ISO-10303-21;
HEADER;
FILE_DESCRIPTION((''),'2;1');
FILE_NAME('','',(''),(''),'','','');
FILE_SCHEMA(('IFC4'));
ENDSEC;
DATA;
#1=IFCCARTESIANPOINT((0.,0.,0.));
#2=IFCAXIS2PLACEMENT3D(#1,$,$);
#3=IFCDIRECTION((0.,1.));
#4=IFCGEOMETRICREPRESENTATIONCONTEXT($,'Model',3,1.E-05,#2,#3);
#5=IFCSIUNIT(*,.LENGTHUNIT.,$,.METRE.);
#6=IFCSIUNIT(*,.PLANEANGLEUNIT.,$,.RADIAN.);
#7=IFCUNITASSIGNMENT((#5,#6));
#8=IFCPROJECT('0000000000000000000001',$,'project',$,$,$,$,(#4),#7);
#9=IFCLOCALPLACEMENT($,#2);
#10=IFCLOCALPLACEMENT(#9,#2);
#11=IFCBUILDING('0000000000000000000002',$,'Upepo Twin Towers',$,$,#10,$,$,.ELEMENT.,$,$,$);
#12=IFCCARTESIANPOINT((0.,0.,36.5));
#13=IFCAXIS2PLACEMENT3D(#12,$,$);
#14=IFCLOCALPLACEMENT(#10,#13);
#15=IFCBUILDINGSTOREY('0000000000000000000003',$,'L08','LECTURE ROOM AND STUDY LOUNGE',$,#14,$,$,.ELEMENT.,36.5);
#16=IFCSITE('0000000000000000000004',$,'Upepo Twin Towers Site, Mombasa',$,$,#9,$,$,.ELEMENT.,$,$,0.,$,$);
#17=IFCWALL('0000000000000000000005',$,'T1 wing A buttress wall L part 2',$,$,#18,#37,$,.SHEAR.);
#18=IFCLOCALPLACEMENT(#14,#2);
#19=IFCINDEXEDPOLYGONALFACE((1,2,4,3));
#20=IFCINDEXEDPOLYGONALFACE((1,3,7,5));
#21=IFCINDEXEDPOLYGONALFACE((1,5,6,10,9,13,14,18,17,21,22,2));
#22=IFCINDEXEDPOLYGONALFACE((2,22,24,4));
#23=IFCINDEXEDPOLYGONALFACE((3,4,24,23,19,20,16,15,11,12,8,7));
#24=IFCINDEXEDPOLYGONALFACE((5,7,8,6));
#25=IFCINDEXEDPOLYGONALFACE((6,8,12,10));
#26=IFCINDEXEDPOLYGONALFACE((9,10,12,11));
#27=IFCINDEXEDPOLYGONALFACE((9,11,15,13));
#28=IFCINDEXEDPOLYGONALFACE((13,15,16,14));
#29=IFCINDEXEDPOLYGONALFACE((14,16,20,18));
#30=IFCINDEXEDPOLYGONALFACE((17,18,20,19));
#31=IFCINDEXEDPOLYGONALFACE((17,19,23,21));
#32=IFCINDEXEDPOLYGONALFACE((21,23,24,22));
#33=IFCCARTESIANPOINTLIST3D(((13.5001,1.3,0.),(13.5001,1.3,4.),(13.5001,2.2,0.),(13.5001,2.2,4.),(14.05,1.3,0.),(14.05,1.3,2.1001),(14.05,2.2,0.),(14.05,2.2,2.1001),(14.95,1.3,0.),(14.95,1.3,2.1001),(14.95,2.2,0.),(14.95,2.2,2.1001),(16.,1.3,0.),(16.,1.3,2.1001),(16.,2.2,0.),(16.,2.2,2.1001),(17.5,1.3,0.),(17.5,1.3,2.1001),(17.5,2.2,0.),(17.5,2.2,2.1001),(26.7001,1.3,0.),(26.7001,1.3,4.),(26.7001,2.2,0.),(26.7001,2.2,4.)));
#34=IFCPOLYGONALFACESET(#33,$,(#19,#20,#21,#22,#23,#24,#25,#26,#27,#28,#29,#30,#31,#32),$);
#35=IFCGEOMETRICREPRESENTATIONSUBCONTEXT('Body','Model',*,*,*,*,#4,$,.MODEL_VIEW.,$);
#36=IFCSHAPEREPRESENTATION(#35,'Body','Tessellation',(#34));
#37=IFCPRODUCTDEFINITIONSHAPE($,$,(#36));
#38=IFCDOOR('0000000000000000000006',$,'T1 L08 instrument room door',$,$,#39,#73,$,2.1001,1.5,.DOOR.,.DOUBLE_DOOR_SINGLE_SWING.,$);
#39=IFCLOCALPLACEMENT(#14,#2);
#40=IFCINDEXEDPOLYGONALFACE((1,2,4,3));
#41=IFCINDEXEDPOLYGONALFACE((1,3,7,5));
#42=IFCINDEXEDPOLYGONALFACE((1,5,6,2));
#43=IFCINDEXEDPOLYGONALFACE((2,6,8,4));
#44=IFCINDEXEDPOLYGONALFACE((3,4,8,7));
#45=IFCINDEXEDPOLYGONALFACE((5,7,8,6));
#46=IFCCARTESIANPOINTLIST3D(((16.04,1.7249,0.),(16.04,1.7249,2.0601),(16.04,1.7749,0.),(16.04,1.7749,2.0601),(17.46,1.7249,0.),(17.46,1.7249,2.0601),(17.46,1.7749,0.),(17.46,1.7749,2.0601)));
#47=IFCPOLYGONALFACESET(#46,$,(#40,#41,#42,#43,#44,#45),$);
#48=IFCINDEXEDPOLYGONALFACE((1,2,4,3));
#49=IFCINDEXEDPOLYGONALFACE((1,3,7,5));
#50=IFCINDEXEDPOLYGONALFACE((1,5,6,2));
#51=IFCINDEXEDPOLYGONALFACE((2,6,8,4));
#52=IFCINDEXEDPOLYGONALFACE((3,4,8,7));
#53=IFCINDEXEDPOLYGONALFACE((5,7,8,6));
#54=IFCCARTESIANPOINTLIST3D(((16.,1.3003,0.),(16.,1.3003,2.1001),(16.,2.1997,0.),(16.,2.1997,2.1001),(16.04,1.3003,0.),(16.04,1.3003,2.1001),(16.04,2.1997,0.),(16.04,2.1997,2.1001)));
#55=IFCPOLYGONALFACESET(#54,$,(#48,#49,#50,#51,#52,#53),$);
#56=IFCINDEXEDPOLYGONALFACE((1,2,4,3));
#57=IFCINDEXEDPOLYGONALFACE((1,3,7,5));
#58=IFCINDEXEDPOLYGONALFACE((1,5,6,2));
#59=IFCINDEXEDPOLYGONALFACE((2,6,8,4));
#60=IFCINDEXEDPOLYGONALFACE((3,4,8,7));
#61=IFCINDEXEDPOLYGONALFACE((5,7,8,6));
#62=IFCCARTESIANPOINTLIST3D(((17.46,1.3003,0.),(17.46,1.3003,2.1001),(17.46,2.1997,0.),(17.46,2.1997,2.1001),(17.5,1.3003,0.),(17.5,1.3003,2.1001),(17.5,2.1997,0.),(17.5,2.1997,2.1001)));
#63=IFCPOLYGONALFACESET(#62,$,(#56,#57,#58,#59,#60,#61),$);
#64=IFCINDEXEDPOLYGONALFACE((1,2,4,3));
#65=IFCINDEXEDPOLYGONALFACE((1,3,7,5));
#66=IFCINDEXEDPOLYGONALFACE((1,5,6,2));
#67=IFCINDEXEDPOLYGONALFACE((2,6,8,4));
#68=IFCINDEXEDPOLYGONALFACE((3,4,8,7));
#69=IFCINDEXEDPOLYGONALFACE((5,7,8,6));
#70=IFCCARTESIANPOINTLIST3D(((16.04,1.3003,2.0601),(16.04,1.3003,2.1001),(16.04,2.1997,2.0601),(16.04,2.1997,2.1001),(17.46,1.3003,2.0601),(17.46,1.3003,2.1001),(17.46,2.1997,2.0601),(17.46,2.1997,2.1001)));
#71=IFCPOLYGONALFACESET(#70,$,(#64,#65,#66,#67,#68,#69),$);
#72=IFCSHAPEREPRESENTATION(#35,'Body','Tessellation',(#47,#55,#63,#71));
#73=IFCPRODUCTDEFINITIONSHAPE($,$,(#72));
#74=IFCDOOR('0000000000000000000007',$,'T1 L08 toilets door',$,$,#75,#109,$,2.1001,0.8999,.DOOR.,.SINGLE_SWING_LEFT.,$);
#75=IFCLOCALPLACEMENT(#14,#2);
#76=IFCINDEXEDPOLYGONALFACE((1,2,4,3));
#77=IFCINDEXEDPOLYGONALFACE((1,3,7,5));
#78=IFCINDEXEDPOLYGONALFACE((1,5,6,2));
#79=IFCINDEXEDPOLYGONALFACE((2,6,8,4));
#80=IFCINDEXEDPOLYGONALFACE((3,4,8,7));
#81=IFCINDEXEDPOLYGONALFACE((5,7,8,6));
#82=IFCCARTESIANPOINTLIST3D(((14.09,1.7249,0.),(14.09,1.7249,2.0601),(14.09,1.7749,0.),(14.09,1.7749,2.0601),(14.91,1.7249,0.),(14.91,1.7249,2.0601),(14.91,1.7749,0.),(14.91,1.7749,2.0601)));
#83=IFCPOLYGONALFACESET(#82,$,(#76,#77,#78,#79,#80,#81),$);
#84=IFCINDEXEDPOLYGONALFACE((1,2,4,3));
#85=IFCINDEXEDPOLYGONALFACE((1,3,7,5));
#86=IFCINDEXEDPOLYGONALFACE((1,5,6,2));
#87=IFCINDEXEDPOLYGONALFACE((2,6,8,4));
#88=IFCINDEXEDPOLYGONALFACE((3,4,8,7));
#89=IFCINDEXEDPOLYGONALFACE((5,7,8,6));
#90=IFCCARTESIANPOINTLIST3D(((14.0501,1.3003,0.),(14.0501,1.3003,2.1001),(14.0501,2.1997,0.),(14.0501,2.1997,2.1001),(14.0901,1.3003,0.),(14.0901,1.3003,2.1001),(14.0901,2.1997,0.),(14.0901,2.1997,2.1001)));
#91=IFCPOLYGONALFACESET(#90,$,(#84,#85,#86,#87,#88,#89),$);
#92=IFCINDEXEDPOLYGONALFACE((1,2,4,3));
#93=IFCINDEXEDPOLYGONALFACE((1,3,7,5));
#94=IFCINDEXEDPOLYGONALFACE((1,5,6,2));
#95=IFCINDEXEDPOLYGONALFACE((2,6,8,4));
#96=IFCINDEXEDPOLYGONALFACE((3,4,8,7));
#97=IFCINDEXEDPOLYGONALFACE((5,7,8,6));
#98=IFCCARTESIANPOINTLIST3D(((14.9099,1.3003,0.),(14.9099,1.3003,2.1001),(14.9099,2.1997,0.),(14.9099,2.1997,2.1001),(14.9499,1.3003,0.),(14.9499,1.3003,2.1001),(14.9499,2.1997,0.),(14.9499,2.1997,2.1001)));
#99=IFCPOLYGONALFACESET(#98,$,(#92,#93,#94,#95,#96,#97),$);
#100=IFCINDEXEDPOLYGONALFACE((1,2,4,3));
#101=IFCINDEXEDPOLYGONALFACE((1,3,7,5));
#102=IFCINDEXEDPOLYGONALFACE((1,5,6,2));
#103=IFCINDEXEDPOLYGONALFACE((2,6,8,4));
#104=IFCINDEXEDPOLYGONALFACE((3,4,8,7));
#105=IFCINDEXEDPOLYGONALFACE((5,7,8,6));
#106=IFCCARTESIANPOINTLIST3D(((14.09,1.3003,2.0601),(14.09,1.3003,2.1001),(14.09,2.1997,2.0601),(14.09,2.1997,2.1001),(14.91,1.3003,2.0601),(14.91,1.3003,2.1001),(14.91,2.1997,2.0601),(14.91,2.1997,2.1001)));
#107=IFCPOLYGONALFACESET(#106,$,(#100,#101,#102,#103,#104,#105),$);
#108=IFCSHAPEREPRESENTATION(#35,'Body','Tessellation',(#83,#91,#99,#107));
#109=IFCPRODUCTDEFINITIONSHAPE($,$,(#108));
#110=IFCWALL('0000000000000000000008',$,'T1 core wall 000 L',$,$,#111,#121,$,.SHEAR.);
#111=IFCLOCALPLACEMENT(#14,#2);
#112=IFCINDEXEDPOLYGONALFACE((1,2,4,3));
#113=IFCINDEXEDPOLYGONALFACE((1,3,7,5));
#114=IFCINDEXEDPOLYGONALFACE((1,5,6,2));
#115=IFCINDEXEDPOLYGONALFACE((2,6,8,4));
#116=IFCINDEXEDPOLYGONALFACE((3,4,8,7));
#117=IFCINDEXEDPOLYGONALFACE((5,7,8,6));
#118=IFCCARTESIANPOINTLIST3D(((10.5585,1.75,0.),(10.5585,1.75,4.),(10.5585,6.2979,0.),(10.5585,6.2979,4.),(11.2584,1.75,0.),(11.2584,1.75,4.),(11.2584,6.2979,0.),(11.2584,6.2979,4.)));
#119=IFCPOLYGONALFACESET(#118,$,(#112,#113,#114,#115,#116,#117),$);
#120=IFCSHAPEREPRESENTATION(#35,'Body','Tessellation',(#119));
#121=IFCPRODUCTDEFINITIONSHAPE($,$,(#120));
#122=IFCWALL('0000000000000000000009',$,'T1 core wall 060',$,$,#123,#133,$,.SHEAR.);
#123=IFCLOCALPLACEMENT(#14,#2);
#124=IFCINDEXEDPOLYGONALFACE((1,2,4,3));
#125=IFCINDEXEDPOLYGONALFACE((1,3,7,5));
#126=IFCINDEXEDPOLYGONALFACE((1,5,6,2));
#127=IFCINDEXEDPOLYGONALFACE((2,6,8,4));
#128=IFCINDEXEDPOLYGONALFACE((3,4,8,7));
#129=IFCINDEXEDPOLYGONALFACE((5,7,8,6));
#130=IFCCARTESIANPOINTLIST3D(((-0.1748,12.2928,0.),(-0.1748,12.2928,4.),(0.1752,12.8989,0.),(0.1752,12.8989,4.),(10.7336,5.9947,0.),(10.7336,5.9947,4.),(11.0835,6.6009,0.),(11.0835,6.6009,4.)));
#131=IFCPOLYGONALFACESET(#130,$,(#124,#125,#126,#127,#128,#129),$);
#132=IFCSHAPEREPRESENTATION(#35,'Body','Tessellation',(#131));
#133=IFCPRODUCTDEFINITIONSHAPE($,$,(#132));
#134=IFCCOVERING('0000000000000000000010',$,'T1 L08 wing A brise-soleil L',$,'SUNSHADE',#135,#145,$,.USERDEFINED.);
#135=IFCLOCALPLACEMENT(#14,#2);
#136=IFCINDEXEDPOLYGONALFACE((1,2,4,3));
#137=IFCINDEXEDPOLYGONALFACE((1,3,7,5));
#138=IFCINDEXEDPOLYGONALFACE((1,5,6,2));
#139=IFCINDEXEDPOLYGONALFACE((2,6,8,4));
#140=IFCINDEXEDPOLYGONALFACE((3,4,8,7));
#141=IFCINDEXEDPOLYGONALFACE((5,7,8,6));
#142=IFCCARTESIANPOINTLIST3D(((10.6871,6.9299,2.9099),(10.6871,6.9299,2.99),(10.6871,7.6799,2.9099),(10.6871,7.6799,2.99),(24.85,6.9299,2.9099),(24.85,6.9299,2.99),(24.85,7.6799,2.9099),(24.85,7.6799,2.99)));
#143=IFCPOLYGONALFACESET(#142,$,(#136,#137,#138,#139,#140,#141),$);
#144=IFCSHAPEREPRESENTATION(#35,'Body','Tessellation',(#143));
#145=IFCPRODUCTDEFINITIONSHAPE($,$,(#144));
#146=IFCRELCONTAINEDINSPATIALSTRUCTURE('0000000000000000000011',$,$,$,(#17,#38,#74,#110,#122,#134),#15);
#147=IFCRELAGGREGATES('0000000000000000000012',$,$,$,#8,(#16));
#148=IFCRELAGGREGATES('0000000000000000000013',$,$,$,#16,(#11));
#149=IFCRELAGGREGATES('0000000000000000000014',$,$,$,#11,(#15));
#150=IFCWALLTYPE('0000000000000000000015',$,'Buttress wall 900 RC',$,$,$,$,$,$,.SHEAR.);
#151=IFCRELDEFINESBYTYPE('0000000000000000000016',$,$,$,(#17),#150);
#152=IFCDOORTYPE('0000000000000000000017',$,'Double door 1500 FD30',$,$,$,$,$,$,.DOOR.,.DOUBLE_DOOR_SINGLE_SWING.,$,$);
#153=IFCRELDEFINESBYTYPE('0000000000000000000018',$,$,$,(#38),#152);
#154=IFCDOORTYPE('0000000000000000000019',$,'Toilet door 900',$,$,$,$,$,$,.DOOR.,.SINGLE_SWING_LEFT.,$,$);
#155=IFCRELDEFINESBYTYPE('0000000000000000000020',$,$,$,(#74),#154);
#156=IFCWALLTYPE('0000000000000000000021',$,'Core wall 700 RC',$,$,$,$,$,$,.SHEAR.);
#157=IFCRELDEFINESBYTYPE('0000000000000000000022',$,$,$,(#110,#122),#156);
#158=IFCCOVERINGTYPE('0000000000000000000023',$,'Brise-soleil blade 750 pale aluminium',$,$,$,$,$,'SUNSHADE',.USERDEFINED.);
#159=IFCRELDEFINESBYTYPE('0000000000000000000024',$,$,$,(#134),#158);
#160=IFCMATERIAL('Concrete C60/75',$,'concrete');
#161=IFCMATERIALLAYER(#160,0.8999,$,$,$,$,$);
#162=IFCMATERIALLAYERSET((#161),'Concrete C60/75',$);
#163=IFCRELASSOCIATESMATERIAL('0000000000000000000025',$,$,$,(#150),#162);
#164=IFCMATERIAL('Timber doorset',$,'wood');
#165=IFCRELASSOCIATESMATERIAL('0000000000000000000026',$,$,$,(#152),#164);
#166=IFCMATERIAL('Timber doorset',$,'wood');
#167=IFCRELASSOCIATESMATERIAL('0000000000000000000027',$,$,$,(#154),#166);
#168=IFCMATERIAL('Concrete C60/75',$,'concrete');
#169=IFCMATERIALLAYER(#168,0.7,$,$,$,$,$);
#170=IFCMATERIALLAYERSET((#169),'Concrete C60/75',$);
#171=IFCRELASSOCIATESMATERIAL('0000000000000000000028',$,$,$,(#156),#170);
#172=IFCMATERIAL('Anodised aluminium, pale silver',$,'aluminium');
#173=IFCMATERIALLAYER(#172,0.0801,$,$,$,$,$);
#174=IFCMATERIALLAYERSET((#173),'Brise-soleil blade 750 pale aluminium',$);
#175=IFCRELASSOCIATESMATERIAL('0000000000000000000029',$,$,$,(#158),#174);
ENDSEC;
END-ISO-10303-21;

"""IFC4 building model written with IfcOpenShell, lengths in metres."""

from ifc_helpers import new_model, si_unit, direction, frame, frame_2d, origin, origin_2d, place, context, subcontext, project, spatial, rectangle, extrude, material, layer, layer_set, type_object, element, fill, save


model = new_model("IFC4")

# Units and contexts
model_context = context("Model", 3, precision=1e-05, world=origin(), true_north=direction((0.0, 1.0)))
body_context = subcontext(model_context, "Body", "Model", "MODEL_VIEW")
ifc_project = project(units=[si_unit("LENGTHUNIT", "METRE"), si_unit("PLANEANGLEUNIT", "RADIAN")], contexts=[model_context])

# Site, building, storey
site_placement = place(None, origin())
site = spatial("IfcSite", under=ifc_project, at=site_placement, Name="Upepo Twin Towers Site, Mombasa", CompositionType="ELEMENT", RefElevation=0.0)
building_placement = place(site_placement, origin())
building = spatial("IfcBuilding", under=site, at=building_placement, Name="Upepo Twin Towers", CompositionType="ELEMENT")
storey_placement = place(building_placement, frame((0.0, 0.0, 36.5)))
storey = spatial("IfcBuildingStorey", under=building, at=storey_placement, Name="L08", Description="LECTURE ROOM AND STUDY LOUNGE", CompositionType="ELEMENT", Elevation=36.5)

# Wall, openings, doors
ifc_material_1 = material(Name="Concrete C60/75", Category="concrete")
ifc_layer_1 = layer(ifc_material_1, 0.8999)
ifc_layer_set_1 = layer_set([ifc_layer_1], Name="Concrete C60/75")
wall_type_1 = type_object("IfcWallType", Name="Buttress wall 900 RC", PredefinedType="SHEAR", material=ifc_layer_set_1)
wall_1_placement = place(storey_placement, frame((13.5, 1.75, 0.0), z_axis=(0.0, 0.0, 1.0), x_axis=(1.0, 0.0, 0.0)))
wall_1 = element("IfcWall", 1, at=wall_1_placement, inside=storey, type_object=wall_type_1, Name="T1 wing A buttress wall L part 2", PredefinedType="SHEAR", context=body_context, shape_type="SweptSolid", body=[
    extrude(rectangle(XDim=13.2, YDim=0.8999, at=frame_2d((6.6001, 0.0))), origin(), (0.0, 0.0, 1.0), 4.0),
])
opening_1_placement = place(wall_1_placement, frame((0.55, 0.0, 0.0)))
opening_1 = element("IfcOpeningElement", 2, at=opening_1_placement, cuts=wall_1, PredefinedType="OPENING", context=body_context, shape_type="SweptSolid", body=[
    extrude(rectangle(XDim=0.8999, YDim=2.1001, at=frame_2d((0.45, 1.05))), frame((0.0, 0.46, 0.0), z_axis=(0.0, -1.0, 0.0), x_axis=(1.0, 0.0, 0.0)), (0.0, 0.0, 1.0), 0.9199),
])
opening_2_placement = place(wall_1_placement, frame((2.5, 0.0, 0.0)))
opening_2 = element("IfcOpeningElement", 3, at=opening_2_placement, cuts=wall_1, PredefinedType="OPENING", context=body_context, shape_type="SweptSolid", body=[
    extrude(rectangle(XDim=1.5, YDim=2.1001, at=frame_2d((0.75, 1.05))), frame((0.0, 0.46, 0.0), z_axis=(0.0, -1.0, 0.0), x_axis=(1.0, 0.0, 0.0)), (0.0, 0.0, 1.0), 0.9199),
])
ifc_material_2 = material(Name="Timber doorset", Category="wood")
door_type_1 = type_object("IfcDoorType", Name="Double door 1500 FD30", OperationType="DOUBLE_DOOR_SINGLE_SWING", PredefinedType="DOOR", material=ifc_material_2)
door_1_placement = place(opening_2_placement, origin())
door_1 = element("IfcDoor", 4, at=door_1_placement, inside=storey, type_object=door_type_1, Name="T1 L08 instrument room door", OperationType="DOUBLE_DOOR_SINGLE_SWING", OverallHeight=2.1001, OverallWidth=1.5, PredefinedType="DOOR", context=body_context, shape_type="SweptSolid", body=[
    extrude(rectangle(XDim=1.42, YDim=2.0601, at=frame_2d((0.75, 1.03))), frame((0.0, 0.0249, 0.0), z_axis=(0.0, -1.0, 0.0), x_axis=(1.0, 0.0, 0.0)), (0.0, 0.0, 1.0), 0.05),
    extrude(rectangle(XDim=0.04, YDim=2.1001, at=frame_2d((0.02, 1.05))), frame((0.0, 0.4497, 0.0), z_axis=(0.0, -1.0, 0.0), x_axis=(1.0, 0.0, 0.0)), (0.0, 0.0, 1.0), 0.8994),
    extrude(rectangle(XDim=0.04, YDim=2.1001, at=frame_2d((1.48, 1.05))), frame((0.0, 0.4497, 0.0), z_axis=(0.0, -1.0, 0.0), x_axis=(1.0, 0.0, 0.0)), (0.0, 0.0, 1.0), 0.8994),
    extrude(rectangle(XDim=1.42, YDim=0.04, at=frame_2d((0.75, 2.0801))), frame((0.0, 0.4497, 0.0), z_axis=(0.0, -1.0, 0.0), x_axis=(1.0, 0.0, 0.0)), (0.0, 0.0, 1.0), 0.8994),
])
fill(opening_2, door_1)
ifc_material_3 = material(Name="Timber doorset", Category="wood")
door_type_2 = type_object("IfcDoorType", Name="Toilet door 900", OperationType="SINGLE_SWING_LEFT", PredefinedType="DOOR", material=ifc_material_3)
door_2_placement = place(opening_1_placement, origin())
door_2 = element("IfcDoor", 5, at=door_2_placement, inside=storey, type_object=door_type_2, Name="T1 L08 toilets door", OperationType="SINGLE_SWING_LEFT", OverallHeight=2.1001, OverallWidth=0.8999, PredefinedType="DOOR", context=body_context, shape_type="SweptSolid", body=[
    extrude(rectangle(XDim=0.8199, YDim=2.0601, at=frame_2d((0.45, 1.03))), frame((0.0, 0.0249, 0.0), z_axis=(0.0, -1.0, 0.0), x_axis=(1.0, 0.0, 0.0)), (0.0, 0.0, 1.0), 0.05),
    extrude(rectangle(XDim=0.04, YDim=2.1001, at=frame_2d((0.02, 1.05))), frame((0.0, 0.4497, 0.0), z_axis=(0.0, -1.0, 0.0), x_axis=(1.0, 0.0, 0.0)), (0.0, 0.0, 1.0), 0.8994),
    extrude(rectangle(XDim=0.04, YDim=2.1001, at=frame_2d((0.8799, 1.05))), frame((0.0, 0.4497, 0.0), z_axis=(0.0, -1.0, 0.0), x_axis=(1.0, 0.0, 0.0)), (0.0, 0.0, 1.0), 0.8994),
    extrude(rectangle(XDim=0.8199, YDim=0.04, at=frame_2d((0.45, 2.0801))), frame((0.0, 0.4497, 0.0), z_axis=(0.0, -1.0, 0.0), x_axis=(1.0, 0.0, 0.0)), (0.0, 0.0, 1.0), 0.8994),
])
fill(opening_1, door_2)

# Walls
ifc_material_4 = material(Name="Concrete C60/75", Category="concrete")
ifc_layer_2 = layer(ifc_material_4, 0.7)
ifc_layer_set_2 = layer_set([ifc_layer_2], Name="Concrete C60/75")
wall_type_2 = type_object("IfcWallType", Name="Core wall 700 RC", PredefinedType="SHEAR", material=ifc_layer_set_2)
wall_2_placement = place(storey_placement, frame((10.9084, 1.75, 0.0), z_axis=(0.0, 0.0, 1.0), x_axis=(0.0, 1.0, 0.0)))
element("IfcWall", 6, at=wall_2_placement, inside=storey, type_object=wall_type_2, Name="T1 core wall 000 L", PredefinedType="SHEAR", context=body_context, shape_type="SweptSolid", body=[
    extrude(rectangle(XDim=4.5479, YDim=0.7, at=frame_2d((2.2739, 0.0))), origin(), (0.0, 0.0, 1.0), 4.0),
])
wall_3_placement = place(storey_placement, frame((10.9084, 6.2979, 0.0), z_axis=(0.0, 0.0, 1.0), x_axis=(-0.866022, 0.500006, 0.0)))
element("IfcWall", 7, at=wall_3_placement, inside=storey, type_object=wall_type_2, Name="T1 core wall 060", PredefinedType="SHEAR", context=body_context, shape_type="SweptSolid", body=[
    extrude(rectangle(XDim=12.5959, YDim=0.7, at=frame_2d((6.2979, 0.0))), origin(), (0.0, 0.0, 1.0), 4.0),
])

# Covering
ifc_material_5 = material(Name="Anodised aluminium, pale silver", Category="aluminium")
ifc_layer_3 = layer(ifc_material_5, 0.0801)
ifc_layer_set_3 = layer_set([ifc_layer_3], Name="Brise-soleil blade 750 pale aluminium")
covering_type = type_object("IfcCoveringType", Name="Brise-soleil blade 750 pale aluminium", ElementType="SUNSHADE", PredefinedType="USERDEFINED", material=ifc_layer_set_3)
covering_placement = place(storey_placement, frame((17.7686, 7.3049, 2.9099), z_axis=(0.0, 0.0, 1.0), x_axis=(1.0, 0.0, 0.0)))
element("IfcCovering", 8, at=covering_placement, inside=storey, type_object=covering_type, Name="T1 L08 wing A brise-soleil L", ObjectType="SUNSHADE", PredefinedType="USERDEFINED", context=body_context, shape_type="SweptSolid", body=[
    extrude(rectangle(XDim=14.1628, YDim=0.75, at=origin_2d()), origin(), (0.0, 0.0, 1.0), 0.0801),
])

save(model, "model.ifc")
